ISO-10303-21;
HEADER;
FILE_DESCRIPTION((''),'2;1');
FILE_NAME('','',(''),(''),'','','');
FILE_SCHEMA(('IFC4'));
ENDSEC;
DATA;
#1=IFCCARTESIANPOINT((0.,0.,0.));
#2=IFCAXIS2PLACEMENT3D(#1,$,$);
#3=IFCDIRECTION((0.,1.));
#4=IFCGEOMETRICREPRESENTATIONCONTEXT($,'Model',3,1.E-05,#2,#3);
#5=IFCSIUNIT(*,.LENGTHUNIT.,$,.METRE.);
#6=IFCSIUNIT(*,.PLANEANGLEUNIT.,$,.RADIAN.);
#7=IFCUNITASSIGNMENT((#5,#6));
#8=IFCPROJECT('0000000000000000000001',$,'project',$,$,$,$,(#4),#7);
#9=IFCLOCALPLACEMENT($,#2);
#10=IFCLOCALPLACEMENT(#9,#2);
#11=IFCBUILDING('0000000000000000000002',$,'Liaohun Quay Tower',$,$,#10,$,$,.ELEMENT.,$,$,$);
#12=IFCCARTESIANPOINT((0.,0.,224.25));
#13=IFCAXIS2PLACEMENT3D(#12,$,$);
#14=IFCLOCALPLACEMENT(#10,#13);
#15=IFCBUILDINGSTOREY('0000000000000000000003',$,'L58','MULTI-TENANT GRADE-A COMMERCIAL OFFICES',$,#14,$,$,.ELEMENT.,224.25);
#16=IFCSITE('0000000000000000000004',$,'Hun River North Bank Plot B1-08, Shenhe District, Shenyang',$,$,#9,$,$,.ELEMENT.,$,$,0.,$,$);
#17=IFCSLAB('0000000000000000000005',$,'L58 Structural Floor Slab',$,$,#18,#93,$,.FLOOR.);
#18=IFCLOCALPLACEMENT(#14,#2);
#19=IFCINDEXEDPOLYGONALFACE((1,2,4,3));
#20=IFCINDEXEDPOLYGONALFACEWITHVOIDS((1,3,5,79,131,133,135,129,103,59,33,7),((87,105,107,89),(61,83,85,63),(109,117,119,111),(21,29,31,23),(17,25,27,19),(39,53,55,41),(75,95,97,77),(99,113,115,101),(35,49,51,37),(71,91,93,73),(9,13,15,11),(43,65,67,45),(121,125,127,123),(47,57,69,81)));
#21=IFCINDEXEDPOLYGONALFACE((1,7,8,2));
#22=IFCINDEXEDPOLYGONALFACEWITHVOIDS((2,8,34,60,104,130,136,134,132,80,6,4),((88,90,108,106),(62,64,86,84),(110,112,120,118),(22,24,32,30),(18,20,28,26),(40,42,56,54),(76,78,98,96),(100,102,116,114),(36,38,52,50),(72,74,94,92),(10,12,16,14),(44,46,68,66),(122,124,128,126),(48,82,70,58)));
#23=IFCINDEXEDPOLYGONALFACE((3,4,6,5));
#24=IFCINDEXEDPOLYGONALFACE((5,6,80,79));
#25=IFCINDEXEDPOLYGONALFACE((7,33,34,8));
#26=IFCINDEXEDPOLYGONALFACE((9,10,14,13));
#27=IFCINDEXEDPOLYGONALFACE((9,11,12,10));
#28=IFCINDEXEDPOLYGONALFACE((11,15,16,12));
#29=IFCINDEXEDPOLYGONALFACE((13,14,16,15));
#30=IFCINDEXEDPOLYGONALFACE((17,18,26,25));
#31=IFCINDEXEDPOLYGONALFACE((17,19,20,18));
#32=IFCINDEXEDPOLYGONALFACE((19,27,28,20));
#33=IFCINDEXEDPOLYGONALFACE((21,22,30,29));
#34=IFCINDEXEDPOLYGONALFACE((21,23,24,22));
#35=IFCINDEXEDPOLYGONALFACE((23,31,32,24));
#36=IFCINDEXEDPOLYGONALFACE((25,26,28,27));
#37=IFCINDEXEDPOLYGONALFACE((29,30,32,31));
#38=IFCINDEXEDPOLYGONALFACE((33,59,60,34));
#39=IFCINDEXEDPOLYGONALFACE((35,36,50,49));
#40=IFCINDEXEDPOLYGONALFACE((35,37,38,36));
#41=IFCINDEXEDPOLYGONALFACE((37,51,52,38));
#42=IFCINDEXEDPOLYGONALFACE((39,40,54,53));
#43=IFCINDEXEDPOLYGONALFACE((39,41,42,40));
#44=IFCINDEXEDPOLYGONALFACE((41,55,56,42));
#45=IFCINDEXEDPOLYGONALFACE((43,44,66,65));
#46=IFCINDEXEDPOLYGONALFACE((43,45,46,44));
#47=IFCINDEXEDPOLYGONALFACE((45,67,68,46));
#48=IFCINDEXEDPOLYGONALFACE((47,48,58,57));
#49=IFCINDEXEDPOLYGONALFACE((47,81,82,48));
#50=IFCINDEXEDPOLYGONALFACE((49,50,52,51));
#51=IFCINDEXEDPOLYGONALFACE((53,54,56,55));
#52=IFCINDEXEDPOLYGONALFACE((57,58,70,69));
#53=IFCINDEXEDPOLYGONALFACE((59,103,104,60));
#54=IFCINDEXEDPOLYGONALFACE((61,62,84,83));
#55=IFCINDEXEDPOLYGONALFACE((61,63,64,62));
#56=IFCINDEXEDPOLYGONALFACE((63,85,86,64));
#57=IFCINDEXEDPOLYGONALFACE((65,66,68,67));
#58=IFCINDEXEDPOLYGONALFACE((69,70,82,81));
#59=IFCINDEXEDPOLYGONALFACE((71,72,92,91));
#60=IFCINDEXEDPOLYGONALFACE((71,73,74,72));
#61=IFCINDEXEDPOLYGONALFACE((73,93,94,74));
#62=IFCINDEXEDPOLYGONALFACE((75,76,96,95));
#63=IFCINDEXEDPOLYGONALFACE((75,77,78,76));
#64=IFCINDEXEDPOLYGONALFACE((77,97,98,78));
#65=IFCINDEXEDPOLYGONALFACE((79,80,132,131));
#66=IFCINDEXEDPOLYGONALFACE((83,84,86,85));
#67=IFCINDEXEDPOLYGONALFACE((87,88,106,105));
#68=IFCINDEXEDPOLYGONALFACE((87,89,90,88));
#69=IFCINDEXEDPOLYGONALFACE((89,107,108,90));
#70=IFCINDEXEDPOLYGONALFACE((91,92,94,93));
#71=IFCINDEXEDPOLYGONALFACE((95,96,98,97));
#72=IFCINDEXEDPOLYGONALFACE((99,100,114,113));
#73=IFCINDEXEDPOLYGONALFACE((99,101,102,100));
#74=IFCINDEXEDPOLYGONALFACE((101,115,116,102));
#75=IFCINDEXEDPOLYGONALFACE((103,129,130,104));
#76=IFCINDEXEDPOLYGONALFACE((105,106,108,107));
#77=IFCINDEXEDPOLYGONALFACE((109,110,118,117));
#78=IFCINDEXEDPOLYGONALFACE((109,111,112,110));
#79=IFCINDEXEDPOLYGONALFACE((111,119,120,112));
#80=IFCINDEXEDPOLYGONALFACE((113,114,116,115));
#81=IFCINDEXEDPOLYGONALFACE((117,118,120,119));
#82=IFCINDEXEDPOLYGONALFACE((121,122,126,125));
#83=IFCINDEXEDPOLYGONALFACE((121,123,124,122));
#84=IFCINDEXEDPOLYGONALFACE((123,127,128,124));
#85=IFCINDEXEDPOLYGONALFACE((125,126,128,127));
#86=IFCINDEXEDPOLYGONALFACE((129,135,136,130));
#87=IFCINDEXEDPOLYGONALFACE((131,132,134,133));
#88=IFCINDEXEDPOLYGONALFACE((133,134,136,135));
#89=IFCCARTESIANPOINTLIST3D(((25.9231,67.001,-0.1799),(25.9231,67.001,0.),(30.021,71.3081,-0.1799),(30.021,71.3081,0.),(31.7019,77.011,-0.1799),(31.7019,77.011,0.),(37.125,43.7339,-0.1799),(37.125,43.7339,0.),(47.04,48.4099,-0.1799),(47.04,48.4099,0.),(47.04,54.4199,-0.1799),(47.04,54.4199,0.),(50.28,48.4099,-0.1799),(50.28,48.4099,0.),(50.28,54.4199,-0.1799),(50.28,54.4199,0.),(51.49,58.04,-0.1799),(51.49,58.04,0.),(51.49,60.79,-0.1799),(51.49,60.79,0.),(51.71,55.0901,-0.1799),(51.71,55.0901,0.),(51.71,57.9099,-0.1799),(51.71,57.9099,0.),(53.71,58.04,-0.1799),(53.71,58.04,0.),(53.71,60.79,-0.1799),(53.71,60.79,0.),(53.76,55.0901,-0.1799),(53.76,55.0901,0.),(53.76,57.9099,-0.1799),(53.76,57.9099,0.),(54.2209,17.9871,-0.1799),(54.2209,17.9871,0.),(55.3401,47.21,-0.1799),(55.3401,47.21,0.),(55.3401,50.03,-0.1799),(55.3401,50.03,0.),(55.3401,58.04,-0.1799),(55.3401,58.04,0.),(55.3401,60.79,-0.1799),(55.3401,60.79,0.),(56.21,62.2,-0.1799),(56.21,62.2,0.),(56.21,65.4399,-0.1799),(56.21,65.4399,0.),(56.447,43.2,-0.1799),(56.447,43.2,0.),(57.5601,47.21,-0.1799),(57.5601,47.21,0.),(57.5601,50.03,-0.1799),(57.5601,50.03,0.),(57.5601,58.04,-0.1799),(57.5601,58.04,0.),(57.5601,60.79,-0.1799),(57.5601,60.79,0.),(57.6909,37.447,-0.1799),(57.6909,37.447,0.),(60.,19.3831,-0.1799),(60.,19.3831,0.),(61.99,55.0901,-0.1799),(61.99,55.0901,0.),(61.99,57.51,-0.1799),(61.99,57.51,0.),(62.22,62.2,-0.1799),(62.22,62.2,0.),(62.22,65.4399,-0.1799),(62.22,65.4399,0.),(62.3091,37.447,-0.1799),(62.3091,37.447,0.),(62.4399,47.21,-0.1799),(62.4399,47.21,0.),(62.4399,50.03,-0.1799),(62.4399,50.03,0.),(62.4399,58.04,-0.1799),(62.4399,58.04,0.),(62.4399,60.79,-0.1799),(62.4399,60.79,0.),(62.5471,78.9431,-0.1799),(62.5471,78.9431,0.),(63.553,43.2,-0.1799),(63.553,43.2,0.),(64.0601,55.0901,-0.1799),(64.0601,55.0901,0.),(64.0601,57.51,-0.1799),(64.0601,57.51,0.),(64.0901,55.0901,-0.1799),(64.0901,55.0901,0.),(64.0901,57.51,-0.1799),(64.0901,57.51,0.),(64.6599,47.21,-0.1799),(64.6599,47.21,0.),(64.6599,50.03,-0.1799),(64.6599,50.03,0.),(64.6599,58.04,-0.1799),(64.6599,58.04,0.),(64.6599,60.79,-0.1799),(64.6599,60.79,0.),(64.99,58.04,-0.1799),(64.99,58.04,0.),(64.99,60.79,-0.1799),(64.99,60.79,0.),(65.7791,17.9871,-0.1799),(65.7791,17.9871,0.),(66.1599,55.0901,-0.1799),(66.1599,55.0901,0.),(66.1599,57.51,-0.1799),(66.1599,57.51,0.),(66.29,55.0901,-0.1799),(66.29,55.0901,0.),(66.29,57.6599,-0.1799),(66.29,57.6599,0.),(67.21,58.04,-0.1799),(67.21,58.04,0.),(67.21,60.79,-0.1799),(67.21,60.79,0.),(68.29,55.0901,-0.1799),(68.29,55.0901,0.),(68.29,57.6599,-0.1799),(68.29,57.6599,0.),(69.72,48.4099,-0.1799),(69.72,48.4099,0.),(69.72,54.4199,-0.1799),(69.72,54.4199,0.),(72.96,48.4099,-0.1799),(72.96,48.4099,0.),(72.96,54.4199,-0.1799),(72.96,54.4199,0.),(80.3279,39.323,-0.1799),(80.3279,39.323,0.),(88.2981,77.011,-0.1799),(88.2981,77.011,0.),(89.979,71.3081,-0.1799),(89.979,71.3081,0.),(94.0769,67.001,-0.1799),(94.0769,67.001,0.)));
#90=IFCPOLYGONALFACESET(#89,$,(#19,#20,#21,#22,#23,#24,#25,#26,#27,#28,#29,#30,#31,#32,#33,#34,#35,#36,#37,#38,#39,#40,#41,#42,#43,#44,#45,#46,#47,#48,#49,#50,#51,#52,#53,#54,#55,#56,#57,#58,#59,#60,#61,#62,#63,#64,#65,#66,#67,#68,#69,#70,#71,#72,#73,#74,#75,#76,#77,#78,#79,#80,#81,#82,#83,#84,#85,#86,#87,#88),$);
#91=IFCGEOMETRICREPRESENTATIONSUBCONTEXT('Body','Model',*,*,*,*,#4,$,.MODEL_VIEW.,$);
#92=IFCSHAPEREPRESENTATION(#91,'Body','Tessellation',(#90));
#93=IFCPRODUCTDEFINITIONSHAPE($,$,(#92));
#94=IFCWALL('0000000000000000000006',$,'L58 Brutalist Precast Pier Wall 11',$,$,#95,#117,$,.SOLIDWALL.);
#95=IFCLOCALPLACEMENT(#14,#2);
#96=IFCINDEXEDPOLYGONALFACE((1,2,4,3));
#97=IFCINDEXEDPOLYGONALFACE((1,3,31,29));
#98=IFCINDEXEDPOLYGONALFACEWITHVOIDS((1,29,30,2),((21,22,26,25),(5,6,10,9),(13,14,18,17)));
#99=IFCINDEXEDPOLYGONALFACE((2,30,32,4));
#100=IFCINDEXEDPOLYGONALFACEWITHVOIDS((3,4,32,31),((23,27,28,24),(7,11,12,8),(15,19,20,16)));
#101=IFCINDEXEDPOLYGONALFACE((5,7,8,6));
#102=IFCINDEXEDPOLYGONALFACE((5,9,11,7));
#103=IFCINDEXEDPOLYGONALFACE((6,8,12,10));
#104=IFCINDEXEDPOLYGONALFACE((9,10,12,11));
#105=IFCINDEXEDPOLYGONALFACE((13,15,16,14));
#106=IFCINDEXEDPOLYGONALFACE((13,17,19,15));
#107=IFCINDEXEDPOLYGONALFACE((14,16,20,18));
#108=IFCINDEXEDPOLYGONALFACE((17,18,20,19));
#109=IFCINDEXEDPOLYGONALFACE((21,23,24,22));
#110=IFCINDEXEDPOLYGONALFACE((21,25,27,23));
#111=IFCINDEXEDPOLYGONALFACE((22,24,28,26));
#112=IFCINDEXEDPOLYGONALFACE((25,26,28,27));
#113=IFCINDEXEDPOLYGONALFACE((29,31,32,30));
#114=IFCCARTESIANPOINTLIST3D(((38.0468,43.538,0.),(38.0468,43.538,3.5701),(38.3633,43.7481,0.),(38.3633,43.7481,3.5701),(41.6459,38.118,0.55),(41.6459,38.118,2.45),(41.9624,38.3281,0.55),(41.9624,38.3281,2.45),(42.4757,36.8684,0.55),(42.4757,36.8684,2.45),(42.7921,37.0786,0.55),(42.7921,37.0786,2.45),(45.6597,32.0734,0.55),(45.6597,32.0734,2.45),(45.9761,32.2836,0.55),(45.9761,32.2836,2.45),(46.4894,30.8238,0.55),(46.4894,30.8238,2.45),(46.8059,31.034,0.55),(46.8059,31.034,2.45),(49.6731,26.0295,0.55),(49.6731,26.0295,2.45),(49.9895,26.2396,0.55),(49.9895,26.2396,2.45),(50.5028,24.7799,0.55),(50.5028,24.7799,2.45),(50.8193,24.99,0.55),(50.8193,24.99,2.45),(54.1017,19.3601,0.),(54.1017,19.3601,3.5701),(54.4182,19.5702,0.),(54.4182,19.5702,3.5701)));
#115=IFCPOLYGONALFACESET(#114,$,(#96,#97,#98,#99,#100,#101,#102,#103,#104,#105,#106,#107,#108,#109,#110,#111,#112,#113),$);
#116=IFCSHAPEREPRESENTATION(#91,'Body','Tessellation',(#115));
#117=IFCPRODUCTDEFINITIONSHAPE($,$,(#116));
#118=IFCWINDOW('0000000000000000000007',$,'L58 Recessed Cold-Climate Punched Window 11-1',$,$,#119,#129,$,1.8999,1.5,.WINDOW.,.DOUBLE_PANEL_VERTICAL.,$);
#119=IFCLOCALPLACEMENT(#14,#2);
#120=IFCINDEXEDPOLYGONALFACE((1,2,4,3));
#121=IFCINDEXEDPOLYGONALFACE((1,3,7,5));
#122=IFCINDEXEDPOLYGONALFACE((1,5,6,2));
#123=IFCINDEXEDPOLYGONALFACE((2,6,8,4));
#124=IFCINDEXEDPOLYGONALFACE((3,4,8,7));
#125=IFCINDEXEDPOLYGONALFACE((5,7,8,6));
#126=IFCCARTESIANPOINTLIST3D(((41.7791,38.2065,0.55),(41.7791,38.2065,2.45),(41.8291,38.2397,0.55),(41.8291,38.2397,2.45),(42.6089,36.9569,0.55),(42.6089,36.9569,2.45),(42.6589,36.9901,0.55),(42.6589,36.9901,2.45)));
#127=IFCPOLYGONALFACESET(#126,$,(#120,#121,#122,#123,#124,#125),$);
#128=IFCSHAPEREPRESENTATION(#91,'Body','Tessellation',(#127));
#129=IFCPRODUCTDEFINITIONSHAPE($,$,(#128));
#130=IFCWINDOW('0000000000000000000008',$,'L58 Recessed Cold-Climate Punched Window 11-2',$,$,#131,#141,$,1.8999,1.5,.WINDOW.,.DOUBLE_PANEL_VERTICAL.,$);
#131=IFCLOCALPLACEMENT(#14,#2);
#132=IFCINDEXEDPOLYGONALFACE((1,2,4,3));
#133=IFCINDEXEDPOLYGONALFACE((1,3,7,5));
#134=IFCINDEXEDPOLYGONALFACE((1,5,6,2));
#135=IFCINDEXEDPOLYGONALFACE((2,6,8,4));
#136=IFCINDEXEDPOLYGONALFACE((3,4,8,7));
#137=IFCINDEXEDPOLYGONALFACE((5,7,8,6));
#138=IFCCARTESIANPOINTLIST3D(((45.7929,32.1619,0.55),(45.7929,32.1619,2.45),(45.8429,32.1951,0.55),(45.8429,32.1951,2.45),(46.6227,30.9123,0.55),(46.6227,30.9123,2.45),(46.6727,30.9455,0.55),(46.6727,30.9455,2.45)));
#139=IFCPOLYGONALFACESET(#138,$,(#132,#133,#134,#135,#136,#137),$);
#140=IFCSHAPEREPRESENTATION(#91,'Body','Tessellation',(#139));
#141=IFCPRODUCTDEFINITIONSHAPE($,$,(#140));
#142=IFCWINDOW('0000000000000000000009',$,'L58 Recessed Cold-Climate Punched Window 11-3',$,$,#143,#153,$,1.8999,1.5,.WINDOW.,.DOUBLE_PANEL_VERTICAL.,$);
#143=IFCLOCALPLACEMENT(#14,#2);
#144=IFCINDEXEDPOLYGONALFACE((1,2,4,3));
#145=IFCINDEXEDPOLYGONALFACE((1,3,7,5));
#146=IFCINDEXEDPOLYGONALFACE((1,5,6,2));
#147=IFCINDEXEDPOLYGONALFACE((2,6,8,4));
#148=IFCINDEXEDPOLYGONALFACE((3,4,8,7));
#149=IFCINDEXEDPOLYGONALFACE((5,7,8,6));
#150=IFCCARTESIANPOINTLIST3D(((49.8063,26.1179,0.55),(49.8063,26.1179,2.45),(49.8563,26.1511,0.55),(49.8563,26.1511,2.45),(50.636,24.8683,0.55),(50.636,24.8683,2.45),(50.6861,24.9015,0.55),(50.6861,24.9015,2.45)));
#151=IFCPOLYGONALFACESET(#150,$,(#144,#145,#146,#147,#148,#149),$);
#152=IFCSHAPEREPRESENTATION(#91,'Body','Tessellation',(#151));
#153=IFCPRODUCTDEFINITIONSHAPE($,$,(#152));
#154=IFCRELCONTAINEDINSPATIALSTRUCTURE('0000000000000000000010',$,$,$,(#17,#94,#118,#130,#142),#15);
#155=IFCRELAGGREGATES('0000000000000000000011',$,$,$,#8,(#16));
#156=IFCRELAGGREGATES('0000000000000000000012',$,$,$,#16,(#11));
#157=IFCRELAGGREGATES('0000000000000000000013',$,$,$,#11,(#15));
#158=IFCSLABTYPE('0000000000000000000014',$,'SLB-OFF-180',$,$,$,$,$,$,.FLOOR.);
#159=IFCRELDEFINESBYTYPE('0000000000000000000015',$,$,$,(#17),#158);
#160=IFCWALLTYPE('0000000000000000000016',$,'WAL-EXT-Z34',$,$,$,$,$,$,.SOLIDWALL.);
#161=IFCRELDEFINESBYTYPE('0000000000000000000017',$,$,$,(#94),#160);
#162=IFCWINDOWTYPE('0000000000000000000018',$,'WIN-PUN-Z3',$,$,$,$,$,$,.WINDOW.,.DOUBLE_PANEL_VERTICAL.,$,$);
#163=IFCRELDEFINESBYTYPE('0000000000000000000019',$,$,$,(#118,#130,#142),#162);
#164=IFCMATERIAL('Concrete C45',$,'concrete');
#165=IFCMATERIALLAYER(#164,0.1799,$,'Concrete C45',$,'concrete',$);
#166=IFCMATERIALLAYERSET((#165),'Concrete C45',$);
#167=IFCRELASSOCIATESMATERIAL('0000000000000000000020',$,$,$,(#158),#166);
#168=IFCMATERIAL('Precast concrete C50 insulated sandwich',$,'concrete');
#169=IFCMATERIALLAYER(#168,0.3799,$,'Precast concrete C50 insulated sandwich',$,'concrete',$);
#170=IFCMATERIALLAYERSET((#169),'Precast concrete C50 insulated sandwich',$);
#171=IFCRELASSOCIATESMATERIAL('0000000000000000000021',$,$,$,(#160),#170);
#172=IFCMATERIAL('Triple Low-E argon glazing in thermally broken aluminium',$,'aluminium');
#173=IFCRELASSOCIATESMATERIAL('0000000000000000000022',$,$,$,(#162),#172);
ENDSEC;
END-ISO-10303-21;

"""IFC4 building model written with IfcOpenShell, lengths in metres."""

from ifc_helpers import new_model, si_unit, direction, frame, frame_2d, origin, place, context, subcontext, project, spatial, polyline, rectangle, outline, extrude, source, transform, mapped, material, layer, layer_set, type_object, element, fill, save


model = new_model("IFC4")

# Units and contexts
model_context = context("Model", 3, precision=1e-05, world=origin(), true_north=direction((0.0, 1.0)))
body_context = subcontext(model_context, "Body", "Model", "MODEL_VIEW")
ifc_project = project(units=[si_unit("LENGTHUNIT", "METRE"), si_unit("PLANEANGLEUNIT", "RADIAN")], contexts=[model_context])

# Site, building, storey
site_placement = place(None, origin())
site = spatial("IfcSite", under=ifc_project, at=site_placement, Name="Hun River North Bank Plot B1-08, Shenhe District, Shenyang", CompositionType="ELEMENT", RefElevation=0.0)
building_placement = place(site_placement, origin())
building = spatial("IfcBuilding", under=site, at=building_placement, Name="Liaohun Quay Tower", CompositionType="ELEMENT")
storey_placement = place(building_placement, frame((0.0, 0.0, 224.25)))
storey = spatial("IfcBuildingStorey", under=building, at=storey_placement, Name="L58", Description="MULTI-TENANT GRADE-A COMMERCIAL OFFICES", CompositionType="ELEMENT", Elevation=224.25)

# Shared definitions
ifc_material_1 = material(Name="Concrete C45", Category="concrete")

# Slab
ifc_layer_1 = layer(ifc_material_1, 0.1799, Name="Concrete C45", Category="concrete")
ifc_layer_set_1 = layer_set([ifc_layer_1], Name="Concrete C45")
slab_type_1 = type_object("IfcSlabType", Name="SLB-OFF-180", PredefinedType="FLOOR", material=ifc_layer_set_1)
slab_1_placement = place(storey_placement, frame((0.0, 0.0, -0.1799)))
element("IfcSlab", 1, at=slab_1_placement, inside=storey, type_object=slab_type_1, Name="L58 Structural Floor Slab", PredefinedType="FLOOR", context=body_context, shape_type="SweptSolid", body=[
    extrude(outline(polyline([(54.2209, 17.9871), (60.0, 19.3831), (65.7791, 17.9871), (80.3279, 39.323), (94.0769, 67.001), (89.979, 71.3081), (88.2981, 77.011), (62.5471, 78.9431), (31.7019, 77.011), (30.021, 71.3081), (25.9231, 67.001), (37.125, 43.7339), (54.2209, 17.9871)]), holes=[polyline([(63.553, 43.2), (56.447, 43.2), (57.6909, 37.447), (62.3091, 37.447), (63.553, 43.2)]), polyline([(57.5601, 47.21), (57.5601, 50.03), (55.3401, 50.03), (55.3401, 47.21), (57.5601, 47.21)]), polyline([(50.28, 54.4199), (47.04, 54.4199), (47.04, 48.4099), (50.28, 48.4099), (50.28, 54.4199)]), polyline([(53.76, 55.0901), (53.76, 57.9099), (51.71, 57.9099), (51.71, 55.0901), (53.76, 55.0901)]), polyline([(53.71, 58.04), (53.71, 60.79), (51.49, 60.79), (51.49, 58.04), (53.71, 58.04)]), polyline([(57.5601, 58.04), (57.5601, 60.79), (55.3401, 60.79), (55.3401, 58.04), (57.5601, 58.04)]), polyline([(62.22, 62.2), (62.22, 65.4399), (56.21, 65.4399), (56.21, 62.2), (62.22, 62.2)]), polyline([(64.6599, 50.03), (62.4399, 50.03), (62.4399, 47.21), (64.6599, 47.21), (64.6599, 50.03)]), polyline([(72.96, 54.4199), (69.72, 54.4199), (69.72, 48.4099), (72.96, 48.4099), (72.96, 54.4199)]), polyline([(64.0601, 55.0901), (64.0601, 57.51), (61.99, 57.51), (61.99, 55.0901), (64.0601, 55.0901)]), polyline([(66.1599, 55.0901), (66.1599, 57.51), (64.0901, 57.51), (64.0901, 55.0901), (66.1599, 55.0901)]), polyline([(68.29, 55.0901), (68.29, 57.6599), (66.29, 57.6599), (66.29, 55.0901), (68.29, 55.0901)]), polyline([(64.6599, 58.04), (64.6599, 60.79), (62.4399, 60.79), (62.4399, 58.04), (64.6599, 58.04)]), polyline([(67.21, 58.04), (67.21, 60.79), (64.99, 60.79), (64.99, 58.04), (67.21, 58.04)])]), origin(), (0.0, 0.0, 1.0), 0.1799),
])

# Wall, openings, windows
ifc_material_2 = material(Name="Precast concrete C50 insulated sandwich", Category="concrete")
ifc_layer_2 = layer(ifc_material_2, 0.3799, Name="Precast concrete C50 insulated sandwich", Category="concrete")
ifc_layer_set_2 = layer_set([ifc_layer_2], Name="Precast concrete C50 insulated sandwich")
wall_type_1 = type_object("IfcWallType", Name="WAL-EXT-Z34", PredefinedType="SOLIDWALL", material=ifc_layer_set_2)
wall_1_placement = place(storey_placement, frame((38.2051, 43.6431, 0.0), z_axis=(0.0, 0.0, 1.0), x_axis=(0.553179, -0.833062, 0.0)))
wall_1 = element("IfcWall", 2, at=wall_1_placement, inside=storey, type_object=wall_type_1, Name="L58 Brutalist Precast Pier Wall 11", PredefinedType="SOLIDWALL", context=body_context, shape_type="SweptSolid", body=[
    extrude(rectangle(XDim=29.0229, YDim=0.3799, at=frame_2d((14.5115, 0.0))), origin(), (0.0, 0.0, 1.0), 3.5701),
])
shared_shape_1 = source(origin(), body_context, "Body", "SweptSolid", [
    extrude(rectangle(XDim=1.5, YDim=1.8999, at=frame_2d((0.75, 0.95))), frame((0.0, 0.2, 0.0), z_axis=(0.0, -1.0, 0.0), x_axis=(1.0, 0.0, 0.0)), (0.0, 0.0, 1.0), 0.3999),
])
opening_1_placement = place(wall_1_placement, frame((6.5061, 0.0, 0.55)))
opening_1 = element("IfcOpeningElement", 3, at=opening_1_placement, cuts=wall_1, PredefinedType="OPENING", context=body_context, shape_type="MappedRepresentation", body=[
    mapped(shared_shape_1, transform((0.0, 0.0, 0.0), x_axis=(1.0, 0.0, 0.0), y_axis=(0.0, 1.0, 0.0), z_axis=(0.0, 0.0, 1.0), scale=1.0)),
])
opening_2_placement = place(wall_1_placement, frame((13.762, 0.0, 0.55)))
opening_2 = element("IfcOpeningElement", 4, at=opening_2_placement, cuts=wall_1, PredefinedType="OPENING", context=body_context, shape_type="MappedRepresentation", body=[
    mapped(shared_shape_1, transform((0.0, 0.0, 0.0), x_axis=(1.0, 0.0, 0.0), y_axis=(0.0, 1.0, 0.0), z_axis=(0.0, 0.0, 1.0), scale=1.0)),
])
opening_3_placement = place(wall_1_placement, frame((21.0171, 0.0, 0.55)))
opening_3 = element("IfcOpeningElement", 5, at=opening_3_placement, cuts=wall_1, PredefinedType="OPENING", context=body_context, shape_type="MappedRepresentation", body=[
    mapped(shared_shape_1, transform((0.0, 0.0, 0.0), x_axis=(1.0, 0.0, 0.0), y_axis=(0.0, 1.0, 0.0), z_axis=(0.0, 0.0, 1.0), scale=1.0)),
])
ifc_material_3 = material(Name="Triple Low-E argon glazing in thermally broken aluminium", Category="aluminium")
window_type = type_object("IfcWindowType", Name="WIN-PUN-Z3", PartitioningType="DOUBLE_PANEL_VERTICAL", PredefinedType="WINDOW", material=ifc_material_3)
shared_shape_2 = source(origin(), body_context, "Body", "SweptSolid", [
    extrude(rectangle(XDim=1.5, YDim=1.8999, at=frame_2d((0.75, 0.95))), frame((0.0, 0.03, 0.0), z_axis=(0.0, -1.0, 0.0), x_axis=(1.0, 0.0, 0.0)), (0.0, 0.0, 1.0), 0.0601),
])
window_1_placement = place(opening_1_placement, origin())
window_1 = element("IfcWindow", 6, at=window_1_placement, inside=storey, type_object=window_type, Name="L58 Recessed Cold-Climate Punched Window 11-1", OverallHeight=1.8999, OverallWidth=1.5, PartitioningType="DOUBLE_PANEL_VERTICAL", PredefinedType="WINDOW", context=body_context, shape_type="MappedRepresentation", body=[
    mapped(shared_shape_2, transform((0.0, 0.0, 0.0), x_axis=(1.0, 0.0, 0.0), y_axis=(0.0, 1.0, 0.0), z_axis=(0.0, 0.0, 1.0), scale=1.0)),
])
fill(opening_1, window_1)
window_2_placement = place(opening_2_placement, origin())
window_2 = element("IfcWindow", 7, at=window_2_placement, inside=storey, type_object=window_type, Name="L58 Recessed Cold-Climate Punched Window 11-2", OverallHeight=1.8999, OverallWidth=1.5, PartitioningType="DOUBLE_PANEL_VERTICAL", PredefinedType="WINDOW", context=body_context, shape_type="MappedRepresentation", body=[
    mapped(shared_shape_2, transform((0.0, 0.0, 0.0), x_axis=(1.0, 0.0, 0.0), y_axis=(0.0, 1.0, 0.0), z_axis=(0.0, 0.0, 1.0), scale=1.0)),
])
fill(opening_2, window_2)
window_3_placement = place(opening_3_placement, origin())
window_3 = element("IfcWindow", 8, at=window_3_placement, inside=storey, type_object=window_type, Name="L58 Recessed Cold-Climate Punched Window 11-3", OverallHeight=1.8999, OverallWidth=1.5, PartitioningType="DOUBLE_PANEL_VERTICAL", PredefinedType="WINDOW", context=body_context, shape_type="MappedRepresentation", body=[
    mapped(shared_shape_2, transform((0.0, 0.0, 0.0), x_axis=(1.0, 0.0, 0.0), y_axis=(0.0, 1.0, 0.0), z_axis=(0.0, 0.0, 1.0), scale=1.0)),
])
fill(opening_3, window_3)

save(model, "model.ifc")
